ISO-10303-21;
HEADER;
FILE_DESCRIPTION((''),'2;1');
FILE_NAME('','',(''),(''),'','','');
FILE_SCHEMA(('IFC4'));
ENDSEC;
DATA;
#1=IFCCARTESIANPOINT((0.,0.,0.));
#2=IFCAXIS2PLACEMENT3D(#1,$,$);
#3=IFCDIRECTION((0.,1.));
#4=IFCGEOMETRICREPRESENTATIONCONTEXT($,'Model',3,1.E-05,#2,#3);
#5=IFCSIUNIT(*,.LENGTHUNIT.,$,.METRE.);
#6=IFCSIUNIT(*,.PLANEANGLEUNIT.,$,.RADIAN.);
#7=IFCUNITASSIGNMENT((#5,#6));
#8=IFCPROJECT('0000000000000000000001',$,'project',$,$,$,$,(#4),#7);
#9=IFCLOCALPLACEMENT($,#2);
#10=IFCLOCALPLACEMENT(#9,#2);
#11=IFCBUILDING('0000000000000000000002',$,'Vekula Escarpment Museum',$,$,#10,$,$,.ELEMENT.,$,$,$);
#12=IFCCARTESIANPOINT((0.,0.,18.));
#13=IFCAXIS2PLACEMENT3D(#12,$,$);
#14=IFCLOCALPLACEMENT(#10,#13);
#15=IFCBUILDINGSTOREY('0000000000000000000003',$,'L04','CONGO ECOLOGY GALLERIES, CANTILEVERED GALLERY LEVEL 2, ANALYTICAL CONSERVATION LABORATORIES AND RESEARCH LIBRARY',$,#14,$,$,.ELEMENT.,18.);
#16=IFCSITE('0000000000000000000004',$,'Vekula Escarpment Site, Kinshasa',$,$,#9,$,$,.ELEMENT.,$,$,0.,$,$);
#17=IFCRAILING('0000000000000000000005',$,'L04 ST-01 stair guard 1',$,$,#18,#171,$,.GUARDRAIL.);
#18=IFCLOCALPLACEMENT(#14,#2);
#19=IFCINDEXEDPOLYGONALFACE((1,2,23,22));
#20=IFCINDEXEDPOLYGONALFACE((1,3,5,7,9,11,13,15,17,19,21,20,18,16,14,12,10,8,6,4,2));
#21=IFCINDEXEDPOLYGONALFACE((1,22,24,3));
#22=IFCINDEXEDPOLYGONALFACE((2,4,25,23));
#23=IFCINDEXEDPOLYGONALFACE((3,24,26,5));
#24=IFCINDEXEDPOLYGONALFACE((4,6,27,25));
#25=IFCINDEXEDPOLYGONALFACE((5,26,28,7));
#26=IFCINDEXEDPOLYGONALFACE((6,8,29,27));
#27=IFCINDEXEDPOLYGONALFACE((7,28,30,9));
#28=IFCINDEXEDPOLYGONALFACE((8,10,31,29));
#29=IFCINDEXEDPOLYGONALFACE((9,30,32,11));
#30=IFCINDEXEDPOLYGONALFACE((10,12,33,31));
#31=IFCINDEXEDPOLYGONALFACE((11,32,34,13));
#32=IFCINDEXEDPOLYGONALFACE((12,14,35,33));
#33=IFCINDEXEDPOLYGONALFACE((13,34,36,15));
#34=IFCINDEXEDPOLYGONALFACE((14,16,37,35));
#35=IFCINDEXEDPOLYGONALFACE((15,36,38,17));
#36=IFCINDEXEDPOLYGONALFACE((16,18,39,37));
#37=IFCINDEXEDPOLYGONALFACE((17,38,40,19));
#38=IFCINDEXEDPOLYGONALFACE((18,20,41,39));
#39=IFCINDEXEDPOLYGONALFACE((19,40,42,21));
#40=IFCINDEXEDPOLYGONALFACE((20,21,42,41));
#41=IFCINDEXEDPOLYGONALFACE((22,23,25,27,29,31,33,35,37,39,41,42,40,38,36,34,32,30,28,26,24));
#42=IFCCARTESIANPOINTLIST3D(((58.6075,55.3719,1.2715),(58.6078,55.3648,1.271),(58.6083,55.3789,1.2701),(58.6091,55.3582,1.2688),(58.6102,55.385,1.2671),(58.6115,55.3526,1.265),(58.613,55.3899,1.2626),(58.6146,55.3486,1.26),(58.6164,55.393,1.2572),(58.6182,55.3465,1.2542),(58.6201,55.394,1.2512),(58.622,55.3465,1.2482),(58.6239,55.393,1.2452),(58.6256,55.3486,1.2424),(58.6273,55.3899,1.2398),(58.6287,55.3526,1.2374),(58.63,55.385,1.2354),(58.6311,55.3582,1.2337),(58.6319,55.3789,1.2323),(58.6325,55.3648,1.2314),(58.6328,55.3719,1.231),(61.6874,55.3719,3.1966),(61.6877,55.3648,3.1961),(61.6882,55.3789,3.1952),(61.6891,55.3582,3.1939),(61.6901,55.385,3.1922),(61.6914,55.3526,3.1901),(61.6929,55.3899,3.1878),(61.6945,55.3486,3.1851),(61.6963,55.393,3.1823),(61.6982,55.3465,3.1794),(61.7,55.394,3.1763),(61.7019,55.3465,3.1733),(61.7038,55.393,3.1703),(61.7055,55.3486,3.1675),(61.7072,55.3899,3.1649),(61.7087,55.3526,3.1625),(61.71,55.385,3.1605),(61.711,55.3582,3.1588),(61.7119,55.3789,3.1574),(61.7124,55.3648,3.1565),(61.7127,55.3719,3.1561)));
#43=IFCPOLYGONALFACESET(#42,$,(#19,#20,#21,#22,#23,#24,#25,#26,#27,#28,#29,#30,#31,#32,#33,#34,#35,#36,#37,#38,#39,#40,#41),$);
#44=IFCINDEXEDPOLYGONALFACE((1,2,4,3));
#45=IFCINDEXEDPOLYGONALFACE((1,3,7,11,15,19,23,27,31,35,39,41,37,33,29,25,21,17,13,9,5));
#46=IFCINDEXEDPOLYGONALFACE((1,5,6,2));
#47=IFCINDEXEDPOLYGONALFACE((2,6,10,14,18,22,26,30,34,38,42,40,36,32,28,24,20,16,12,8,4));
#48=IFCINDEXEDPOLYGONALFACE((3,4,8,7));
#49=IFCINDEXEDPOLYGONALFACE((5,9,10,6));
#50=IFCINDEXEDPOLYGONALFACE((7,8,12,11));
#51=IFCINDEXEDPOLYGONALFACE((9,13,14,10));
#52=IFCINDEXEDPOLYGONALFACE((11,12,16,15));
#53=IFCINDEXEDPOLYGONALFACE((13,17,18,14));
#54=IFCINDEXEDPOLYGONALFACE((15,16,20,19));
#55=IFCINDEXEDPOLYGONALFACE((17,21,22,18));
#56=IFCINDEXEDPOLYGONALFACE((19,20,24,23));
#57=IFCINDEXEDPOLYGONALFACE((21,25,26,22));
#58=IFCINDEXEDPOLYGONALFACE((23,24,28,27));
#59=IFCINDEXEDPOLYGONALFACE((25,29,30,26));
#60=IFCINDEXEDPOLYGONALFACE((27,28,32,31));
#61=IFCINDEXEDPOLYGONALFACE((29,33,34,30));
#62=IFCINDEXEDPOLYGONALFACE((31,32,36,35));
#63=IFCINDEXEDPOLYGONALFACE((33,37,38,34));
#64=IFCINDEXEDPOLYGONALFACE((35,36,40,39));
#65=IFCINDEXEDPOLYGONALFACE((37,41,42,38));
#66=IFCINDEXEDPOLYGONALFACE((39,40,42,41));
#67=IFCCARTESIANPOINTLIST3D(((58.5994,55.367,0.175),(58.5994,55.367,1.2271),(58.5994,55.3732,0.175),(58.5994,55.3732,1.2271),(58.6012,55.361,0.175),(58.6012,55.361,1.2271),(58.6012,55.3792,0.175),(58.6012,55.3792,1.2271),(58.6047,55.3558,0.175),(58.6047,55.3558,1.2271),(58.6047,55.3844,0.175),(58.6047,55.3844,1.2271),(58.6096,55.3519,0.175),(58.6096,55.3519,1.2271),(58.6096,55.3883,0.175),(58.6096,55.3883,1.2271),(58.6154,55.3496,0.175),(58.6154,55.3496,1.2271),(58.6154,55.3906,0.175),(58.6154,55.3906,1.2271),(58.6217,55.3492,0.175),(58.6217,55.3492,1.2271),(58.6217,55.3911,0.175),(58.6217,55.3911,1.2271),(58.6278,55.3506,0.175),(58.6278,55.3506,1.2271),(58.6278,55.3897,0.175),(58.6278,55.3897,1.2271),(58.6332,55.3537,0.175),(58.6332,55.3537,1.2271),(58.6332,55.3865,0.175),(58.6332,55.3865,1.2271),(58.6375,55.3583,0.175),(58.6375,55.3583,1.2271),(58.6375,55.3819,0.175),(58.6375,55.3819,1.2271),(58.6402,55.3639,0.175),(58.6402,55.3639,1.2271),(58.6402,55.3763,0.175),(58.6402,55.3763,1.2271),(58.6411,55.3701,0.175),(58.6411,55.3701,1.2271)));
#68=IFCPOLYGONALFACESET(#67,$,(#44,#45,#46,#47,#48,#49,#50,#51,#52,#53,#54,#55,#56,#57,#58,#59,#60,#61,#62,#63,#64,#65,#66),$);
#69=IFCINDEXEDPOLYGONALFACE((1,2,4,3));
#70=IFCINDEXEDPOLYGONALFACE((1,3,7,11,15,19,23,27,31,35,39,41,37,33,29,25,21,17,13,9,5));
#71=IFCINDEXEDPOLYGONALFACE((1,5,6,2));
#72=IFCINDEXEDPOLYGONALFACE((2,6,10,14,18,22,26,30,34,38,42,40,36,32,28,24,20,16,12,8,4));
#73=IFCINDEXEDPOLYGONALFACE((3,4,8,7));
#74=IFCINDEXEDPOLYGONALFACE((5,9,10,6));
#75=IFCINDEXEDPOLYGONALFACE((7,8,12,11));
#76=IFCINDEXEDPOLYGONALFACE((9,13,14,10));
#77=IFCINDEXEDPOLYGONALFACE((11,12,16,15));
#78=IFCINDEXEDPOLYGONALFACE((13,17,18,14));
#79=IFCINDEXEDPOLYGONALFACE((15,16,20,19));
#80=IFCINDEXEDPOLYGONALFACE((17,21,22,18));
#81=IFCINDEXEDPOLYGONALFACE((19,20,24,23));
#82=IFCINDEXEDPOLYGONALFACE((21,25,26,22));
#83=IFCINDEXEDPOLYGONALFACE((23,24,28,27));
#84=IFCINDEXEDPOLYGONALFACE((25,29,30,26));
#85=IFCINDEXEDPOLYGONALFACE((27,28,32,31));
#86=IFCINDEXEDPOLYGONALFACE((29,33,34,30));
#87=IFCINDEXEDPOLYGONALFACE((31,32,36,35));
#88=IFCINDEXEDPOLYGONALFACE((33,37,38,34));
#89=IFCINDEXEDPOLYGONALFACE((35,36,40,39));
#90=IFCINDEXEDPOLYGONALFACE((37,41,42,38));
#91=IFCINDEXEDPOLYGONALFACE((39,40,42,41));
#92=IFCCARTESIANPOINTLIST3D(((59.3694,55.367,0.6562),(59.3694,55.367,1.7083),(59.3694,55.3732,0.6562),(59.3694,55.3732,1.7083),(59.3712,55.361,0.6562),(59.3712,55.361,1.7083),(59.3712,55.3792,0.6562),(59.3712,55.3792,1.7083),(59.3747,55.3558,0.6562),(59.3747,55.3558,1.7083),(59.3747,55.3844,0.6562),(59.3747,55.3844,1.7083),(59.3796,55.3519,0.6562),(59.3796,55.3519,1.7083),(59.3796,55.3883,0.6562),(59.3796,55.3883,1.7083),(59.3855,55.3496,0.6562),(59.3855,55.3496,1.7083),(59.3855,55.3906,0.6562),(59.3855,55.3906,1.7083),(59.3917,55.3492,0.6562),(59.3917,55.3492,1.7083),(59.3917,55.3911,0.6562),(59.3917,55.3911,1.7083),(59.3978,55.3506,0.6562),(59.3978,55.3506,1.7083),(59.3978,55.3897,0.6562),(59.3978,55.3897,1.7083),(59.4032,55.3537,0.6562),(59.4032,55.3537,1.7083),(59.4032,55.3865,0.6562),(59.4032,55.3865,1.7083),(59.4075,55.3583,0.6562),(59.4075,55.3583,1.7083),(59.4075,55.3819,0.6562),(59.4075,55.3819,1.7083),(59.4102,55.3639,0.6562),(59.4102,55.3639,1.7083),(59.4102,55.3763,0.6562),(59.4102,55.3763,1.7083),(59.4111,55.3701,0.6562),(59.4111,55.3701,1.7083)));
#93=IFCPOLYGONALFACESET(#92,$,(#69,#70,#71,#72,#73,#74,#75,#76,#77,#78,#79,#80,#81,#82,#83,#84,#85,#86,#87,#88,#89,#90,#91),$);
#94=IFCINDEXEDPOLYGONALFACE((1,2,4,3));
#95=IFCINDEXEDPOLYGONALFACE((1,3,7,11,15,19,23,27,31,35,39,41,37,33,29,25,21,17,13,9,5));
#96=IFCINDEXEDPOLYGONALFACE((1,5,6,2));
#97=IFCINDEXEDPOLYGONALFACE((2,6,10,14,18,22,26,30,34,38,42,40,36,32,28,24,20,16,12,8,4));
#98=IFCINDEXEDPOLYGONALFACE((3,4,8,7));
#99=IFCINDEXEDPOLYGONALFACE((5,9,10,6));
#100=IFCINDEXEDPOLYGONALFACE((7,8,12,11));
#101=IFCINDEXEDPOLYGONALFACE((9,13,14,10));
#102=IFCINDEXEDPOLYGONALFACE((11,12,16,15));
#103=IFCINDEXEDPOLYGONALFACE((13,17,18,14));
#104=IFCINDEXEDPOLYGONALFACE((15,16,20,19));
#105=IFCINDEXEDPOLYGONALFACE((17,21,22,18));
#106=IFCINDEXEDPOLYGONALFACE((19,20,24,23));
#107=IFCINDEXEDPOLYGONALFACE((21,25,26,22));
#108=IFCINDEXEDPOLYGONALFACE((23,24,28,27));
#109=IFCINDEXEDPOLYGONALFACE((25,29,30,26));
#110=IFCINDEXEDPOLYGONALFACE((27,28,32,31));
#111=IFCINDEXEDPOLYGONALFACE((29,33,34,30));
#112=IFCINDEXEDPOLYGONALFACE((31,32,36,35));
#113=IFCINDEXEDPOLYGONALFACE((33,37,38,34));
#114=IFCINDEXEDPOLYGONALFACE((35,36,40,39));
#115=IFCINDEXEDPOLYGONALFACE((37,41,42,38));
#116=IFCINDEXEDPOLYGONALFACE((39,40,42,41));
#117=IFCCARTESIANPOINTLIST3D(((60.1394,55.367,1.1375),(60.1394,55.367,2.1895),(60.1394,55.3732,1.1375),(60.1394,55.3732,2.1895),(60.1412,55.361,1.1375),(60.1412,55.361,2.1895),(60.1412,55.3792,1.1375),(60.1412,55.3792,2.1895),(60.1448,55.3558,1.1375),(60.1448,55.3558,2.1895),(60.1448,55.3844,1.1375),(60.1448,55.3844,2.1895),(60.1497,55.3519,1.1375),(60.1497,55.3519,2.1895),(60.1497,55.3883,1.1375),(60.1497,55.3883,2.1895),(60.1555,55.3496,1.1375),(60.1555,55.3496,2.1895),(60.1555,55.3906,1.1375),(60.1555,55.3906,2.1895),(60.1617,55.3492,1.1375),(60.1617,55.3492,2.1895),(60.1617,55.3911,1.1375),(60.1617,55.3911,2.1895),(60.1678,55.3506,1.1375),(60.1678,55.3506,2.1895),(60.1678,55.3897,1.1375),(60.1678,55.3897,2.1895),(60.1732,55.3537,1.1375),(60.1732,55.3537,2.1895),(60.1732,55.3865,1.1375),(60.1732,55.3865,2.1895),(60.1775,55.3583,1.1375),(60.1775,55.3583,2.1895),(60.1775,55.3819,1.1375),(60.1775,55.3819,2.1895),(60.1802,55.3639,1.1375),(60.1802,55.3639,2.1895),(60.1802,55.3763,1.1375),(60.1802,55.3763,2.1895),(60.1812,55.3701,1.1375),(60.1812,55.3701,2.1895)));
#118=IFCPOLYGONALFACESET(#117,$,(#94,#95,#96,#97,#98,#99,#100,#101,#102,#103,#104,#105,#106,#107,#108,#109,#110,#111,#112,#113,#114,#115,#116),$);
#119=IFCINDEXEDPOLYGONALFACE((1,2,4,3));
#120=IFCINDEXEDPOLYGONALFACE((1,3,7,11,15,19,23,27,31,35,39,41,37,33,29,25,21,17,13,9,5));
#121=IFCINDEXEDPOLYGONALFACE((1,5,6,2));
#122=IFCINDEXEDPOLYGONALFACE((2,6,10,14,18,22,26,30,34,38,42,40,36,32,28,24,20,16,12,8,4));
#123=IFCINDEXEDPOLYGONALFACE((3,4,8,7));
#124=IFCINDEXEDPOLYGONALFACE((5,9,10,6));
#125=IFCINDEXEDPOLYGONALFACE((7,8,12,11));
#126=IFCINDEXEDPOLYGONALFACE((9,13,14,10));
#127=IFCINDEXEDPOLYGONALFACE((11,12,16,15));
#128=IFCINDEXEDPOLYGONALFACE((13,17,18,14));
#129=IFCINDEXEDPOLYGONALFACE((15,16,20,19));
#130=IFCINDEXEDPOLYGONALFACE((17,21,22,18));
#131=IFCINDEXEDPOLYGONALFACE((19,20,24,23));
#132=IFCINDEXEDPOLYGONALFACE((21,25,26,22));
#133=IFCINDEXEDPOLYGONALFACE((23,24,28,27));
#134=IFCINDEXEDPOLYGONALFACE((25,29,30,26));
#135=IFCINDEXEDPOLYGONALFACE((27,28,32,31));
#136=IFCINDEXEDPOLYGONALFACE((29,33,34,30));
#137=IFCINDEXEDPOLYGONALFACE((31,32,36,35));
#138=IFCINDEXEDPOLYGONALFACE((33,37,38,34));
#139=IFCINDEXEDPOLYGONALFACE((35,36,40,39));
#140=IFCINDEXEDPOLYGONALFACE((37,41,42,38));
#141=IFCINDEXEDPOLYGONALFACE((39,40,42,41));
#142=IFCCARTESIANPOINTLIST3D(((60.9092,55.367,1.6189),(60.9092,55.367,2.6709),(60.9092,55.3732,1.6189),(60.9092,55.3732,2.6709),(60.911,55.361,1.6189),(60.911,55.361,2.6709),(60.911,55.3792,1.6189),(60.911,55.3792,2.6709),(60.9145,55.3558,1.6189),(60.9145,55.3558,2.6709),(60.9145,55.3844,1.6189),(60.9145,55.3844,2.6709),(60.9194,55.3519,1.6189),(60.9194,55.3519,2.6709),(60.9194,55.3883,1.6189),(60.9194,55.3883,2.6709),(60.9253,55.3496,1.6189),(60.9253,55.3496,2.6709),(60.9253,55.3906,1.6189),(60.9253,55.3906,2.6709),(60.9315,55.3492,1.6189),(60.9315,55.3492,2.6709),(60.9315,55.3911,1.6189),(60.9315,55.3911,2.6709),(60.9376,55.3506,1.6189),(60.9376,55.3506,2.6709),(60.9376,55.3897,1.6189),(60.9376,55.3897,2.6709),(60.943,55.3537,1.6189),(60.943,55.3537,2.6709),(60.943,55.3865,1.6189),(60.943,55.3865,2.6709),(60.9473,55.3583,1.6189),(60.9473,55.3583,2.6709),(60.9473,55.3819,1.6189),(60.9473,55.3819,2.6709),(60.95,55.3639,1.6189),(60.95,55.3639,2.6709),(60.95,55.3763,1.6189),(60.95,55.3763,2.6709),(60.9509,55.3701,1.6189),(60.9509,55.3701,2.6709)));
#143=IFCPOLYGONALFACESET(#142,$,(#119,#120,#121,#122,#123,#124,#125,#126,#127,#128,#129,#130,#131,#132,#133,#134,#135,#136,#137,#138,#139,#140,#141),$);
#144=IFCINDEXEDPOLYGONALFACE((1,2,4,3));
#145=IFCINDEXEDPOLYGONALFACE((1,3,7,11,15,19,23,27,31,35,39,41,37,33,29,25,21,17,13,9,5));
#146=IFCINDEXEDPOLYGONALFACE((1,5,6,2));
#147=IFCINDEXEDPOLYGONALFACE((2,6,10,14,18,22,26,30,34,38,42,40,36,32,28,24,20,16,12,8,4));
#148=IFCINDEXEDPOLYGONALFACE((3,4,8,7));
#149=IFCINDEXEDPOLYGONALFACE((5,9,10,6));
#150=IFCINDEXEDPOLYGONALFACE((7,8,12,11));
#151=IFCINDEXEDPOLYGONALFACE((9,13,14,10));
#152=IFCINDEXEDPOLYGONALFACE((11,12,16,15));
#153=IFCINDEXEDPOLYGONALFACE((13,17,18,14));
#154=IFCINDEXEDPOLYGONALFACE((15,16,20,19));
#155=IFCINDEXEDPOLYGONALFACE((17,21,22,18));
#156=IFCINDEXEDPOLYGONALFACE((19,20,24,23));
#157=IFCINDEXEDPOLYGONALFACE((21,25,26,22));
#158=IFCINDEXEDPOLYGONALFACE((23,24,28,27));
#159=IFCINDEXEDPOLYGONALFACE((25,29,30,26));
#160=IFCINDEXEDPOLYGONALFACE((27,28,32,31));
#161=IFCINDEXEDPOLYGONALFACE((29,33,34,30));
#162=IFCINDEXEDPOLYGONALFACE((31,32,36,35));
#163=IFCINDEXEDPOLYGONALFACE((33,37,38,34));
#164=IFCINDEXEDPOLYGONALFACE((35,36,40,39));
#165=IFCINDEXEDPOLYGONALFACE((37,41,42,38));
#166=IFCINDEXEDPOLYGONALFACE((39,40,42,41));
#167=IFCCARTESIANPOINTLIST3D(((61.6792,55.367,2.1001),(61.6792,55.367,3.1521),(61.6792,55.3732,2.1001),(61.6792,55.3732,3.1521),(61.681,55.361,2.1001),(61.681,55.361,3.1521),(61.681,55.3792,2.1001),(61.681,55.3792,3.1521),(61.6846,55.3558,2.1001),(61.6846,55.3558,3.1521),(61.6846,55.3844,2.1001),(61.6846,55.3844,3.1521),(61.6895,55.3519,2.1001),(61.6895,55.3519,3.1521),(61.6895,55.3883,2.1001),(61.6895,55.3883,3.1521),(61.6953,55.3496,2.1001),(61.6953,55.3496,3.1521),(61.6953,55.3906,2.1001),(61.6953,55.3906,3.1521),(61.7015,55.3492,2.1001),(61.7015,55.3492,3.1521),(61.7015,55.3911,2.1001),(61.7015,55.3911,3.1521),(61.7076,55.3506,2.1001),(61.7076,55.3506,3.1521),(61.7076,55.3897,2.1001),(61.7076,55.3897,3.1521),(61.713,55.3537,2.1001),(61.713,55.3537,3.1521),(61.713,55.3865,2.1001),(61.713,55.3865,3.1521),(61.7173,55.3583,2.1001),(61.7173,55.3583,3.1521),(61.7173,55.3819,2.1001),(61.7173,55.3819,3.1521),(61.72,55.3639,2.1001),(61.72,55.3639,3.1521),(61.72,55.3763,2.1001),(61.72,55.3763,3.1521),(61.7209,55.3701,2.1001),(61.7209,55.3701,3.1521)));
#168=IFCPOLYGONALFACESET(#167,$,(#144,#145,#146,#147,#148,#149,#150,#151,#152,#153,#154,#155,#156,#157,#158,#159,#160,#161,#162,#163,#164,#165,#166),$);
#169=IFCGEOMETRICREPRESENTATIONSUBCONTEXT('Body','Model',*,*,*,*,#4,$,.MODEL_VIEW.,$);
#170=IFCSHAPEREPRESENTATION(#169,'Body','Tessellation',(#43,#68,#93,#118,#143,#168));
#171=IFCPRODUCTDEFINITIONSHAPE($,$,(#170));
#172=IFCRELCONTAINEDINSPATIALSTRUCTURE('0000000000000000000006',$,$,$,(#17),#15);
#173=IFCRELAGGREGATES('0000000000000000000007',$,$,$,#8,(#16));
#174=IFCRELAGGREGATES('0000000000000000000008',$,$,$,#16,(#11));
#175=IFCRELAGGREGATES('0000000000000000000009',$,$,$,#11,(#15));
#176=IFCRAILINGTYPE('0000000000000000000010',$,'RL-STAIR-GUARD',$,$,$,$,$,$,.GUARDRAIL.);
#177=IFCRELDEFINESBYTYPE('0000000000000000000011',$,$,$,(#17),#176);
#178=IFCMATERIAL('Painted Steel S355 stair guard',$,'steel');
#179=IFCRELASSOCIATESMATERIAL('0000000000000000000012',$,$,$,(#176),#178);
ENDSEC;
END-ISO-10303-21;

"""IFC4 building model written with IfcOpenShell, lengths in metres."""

from ifc_helpers import new_model, si_unit, direction, frame, origin, origin_2d, place, context, subcontext, project, spatial, circle, extrude, material, type_object, element, save


model = new_model("IFC4")

# Units and contexts
model_context = context("Model", 3, precision=1e-05, world=origin(), true_north=direction((0.0, 1.0)))
body_context = subcontext(model_context, "Body", "Model", "MODEL_VIEW")
ifc_project = project(units=[si_unit("LENGTHUNIT", "METRE"), si_unit("PLANEANGLEUNIT", "RADIAN")], contexts=[model_context])

# Site, building, storey
site_placement = place(None, origin())
site = spatial("IfcSite", under=ifc_project, at=site_placement, Name="Vekula Escarpment Site, Kinshasa", CompositionType="ELEMENT", RefElevation=0.0)
building_placement = place(site_placement, origin())
building = spatial("IfcBuilding", under=site, at=building_placement, Name="Vekula Escarpment Museum", CompositionType="ELEMENT")
storey_placement = place(building_placement, frame((0.0, 0.0, 18.0)))
storey = spatial("IfcBuildingStorey", under=building, at=storey_placement, Name="L04", Description="CONGO ECOLOGY GALLERIES, CANTILEVERED GALLERY LEVEL 2, ANALYTICAL CONSERVATION LABORATORIES AND RESEARCH LIBRARY", CompositionType="ELEMENT", Elevation=18.0)

# Railing
ifc_material_1 = material(Name="Painted Steel S355 stair guard", Category="steel")
railing_type_1 = type_object("IfcRailingType", Name="RL-STAIR-GUARD", PredefinedType="GUARDRAIL", material=ifc_material_1)
railing_1_placement = place(storey_placement, frame((58.6201, 55.3701, 0.175)))
element("IfcRailing", 1, at=railing_1_placement, inside=storey, type_object=railing_type_1, Name="L04 ST-01 stair guard 1", PredefinedType="GUARDRAIL", context=body_context, shape_type="SweptSolid", body=[
    extrude(circle(Radius=0.0239, at=origin_2d()), frame((0.0, 0.0, 1.0762), z_axis=(0.847979, 0.0, 0.530029), x_axis=(0.0, 1.0, 0.0)), (0.0, 0.0, 1.0), 3.6321),
    extrude(circle(Radius=0.021, at=origin_2d()), origin(), (0.0, 0.0, 1.0), 1.052),
    extrude(circle(Radius=0.021, at=origin_2d()), frame((0.77, 0.0, 0.4812)), (0.0, 0.0, 1.0), 1.052),
    extrude(circle(Radius=0.021, at=origin_2d()), frame((1.54, 0.0, 0.9624)), (0.0, 0.0, 1.0), 1.052),
    extrude(circle(Radius=0.021, at=origin_2d()), frame((2.3098, 0.0, 1.4438)), (0.0, 0.0, 1.0), 1.052),
    extrude(circle(Radius=0.021, at=origin_2d()), frame((3.0798, 0.0, 1.925)), (0.0, 0.0, 1.0), 1.052),
])

save(model, "model.ifc")
